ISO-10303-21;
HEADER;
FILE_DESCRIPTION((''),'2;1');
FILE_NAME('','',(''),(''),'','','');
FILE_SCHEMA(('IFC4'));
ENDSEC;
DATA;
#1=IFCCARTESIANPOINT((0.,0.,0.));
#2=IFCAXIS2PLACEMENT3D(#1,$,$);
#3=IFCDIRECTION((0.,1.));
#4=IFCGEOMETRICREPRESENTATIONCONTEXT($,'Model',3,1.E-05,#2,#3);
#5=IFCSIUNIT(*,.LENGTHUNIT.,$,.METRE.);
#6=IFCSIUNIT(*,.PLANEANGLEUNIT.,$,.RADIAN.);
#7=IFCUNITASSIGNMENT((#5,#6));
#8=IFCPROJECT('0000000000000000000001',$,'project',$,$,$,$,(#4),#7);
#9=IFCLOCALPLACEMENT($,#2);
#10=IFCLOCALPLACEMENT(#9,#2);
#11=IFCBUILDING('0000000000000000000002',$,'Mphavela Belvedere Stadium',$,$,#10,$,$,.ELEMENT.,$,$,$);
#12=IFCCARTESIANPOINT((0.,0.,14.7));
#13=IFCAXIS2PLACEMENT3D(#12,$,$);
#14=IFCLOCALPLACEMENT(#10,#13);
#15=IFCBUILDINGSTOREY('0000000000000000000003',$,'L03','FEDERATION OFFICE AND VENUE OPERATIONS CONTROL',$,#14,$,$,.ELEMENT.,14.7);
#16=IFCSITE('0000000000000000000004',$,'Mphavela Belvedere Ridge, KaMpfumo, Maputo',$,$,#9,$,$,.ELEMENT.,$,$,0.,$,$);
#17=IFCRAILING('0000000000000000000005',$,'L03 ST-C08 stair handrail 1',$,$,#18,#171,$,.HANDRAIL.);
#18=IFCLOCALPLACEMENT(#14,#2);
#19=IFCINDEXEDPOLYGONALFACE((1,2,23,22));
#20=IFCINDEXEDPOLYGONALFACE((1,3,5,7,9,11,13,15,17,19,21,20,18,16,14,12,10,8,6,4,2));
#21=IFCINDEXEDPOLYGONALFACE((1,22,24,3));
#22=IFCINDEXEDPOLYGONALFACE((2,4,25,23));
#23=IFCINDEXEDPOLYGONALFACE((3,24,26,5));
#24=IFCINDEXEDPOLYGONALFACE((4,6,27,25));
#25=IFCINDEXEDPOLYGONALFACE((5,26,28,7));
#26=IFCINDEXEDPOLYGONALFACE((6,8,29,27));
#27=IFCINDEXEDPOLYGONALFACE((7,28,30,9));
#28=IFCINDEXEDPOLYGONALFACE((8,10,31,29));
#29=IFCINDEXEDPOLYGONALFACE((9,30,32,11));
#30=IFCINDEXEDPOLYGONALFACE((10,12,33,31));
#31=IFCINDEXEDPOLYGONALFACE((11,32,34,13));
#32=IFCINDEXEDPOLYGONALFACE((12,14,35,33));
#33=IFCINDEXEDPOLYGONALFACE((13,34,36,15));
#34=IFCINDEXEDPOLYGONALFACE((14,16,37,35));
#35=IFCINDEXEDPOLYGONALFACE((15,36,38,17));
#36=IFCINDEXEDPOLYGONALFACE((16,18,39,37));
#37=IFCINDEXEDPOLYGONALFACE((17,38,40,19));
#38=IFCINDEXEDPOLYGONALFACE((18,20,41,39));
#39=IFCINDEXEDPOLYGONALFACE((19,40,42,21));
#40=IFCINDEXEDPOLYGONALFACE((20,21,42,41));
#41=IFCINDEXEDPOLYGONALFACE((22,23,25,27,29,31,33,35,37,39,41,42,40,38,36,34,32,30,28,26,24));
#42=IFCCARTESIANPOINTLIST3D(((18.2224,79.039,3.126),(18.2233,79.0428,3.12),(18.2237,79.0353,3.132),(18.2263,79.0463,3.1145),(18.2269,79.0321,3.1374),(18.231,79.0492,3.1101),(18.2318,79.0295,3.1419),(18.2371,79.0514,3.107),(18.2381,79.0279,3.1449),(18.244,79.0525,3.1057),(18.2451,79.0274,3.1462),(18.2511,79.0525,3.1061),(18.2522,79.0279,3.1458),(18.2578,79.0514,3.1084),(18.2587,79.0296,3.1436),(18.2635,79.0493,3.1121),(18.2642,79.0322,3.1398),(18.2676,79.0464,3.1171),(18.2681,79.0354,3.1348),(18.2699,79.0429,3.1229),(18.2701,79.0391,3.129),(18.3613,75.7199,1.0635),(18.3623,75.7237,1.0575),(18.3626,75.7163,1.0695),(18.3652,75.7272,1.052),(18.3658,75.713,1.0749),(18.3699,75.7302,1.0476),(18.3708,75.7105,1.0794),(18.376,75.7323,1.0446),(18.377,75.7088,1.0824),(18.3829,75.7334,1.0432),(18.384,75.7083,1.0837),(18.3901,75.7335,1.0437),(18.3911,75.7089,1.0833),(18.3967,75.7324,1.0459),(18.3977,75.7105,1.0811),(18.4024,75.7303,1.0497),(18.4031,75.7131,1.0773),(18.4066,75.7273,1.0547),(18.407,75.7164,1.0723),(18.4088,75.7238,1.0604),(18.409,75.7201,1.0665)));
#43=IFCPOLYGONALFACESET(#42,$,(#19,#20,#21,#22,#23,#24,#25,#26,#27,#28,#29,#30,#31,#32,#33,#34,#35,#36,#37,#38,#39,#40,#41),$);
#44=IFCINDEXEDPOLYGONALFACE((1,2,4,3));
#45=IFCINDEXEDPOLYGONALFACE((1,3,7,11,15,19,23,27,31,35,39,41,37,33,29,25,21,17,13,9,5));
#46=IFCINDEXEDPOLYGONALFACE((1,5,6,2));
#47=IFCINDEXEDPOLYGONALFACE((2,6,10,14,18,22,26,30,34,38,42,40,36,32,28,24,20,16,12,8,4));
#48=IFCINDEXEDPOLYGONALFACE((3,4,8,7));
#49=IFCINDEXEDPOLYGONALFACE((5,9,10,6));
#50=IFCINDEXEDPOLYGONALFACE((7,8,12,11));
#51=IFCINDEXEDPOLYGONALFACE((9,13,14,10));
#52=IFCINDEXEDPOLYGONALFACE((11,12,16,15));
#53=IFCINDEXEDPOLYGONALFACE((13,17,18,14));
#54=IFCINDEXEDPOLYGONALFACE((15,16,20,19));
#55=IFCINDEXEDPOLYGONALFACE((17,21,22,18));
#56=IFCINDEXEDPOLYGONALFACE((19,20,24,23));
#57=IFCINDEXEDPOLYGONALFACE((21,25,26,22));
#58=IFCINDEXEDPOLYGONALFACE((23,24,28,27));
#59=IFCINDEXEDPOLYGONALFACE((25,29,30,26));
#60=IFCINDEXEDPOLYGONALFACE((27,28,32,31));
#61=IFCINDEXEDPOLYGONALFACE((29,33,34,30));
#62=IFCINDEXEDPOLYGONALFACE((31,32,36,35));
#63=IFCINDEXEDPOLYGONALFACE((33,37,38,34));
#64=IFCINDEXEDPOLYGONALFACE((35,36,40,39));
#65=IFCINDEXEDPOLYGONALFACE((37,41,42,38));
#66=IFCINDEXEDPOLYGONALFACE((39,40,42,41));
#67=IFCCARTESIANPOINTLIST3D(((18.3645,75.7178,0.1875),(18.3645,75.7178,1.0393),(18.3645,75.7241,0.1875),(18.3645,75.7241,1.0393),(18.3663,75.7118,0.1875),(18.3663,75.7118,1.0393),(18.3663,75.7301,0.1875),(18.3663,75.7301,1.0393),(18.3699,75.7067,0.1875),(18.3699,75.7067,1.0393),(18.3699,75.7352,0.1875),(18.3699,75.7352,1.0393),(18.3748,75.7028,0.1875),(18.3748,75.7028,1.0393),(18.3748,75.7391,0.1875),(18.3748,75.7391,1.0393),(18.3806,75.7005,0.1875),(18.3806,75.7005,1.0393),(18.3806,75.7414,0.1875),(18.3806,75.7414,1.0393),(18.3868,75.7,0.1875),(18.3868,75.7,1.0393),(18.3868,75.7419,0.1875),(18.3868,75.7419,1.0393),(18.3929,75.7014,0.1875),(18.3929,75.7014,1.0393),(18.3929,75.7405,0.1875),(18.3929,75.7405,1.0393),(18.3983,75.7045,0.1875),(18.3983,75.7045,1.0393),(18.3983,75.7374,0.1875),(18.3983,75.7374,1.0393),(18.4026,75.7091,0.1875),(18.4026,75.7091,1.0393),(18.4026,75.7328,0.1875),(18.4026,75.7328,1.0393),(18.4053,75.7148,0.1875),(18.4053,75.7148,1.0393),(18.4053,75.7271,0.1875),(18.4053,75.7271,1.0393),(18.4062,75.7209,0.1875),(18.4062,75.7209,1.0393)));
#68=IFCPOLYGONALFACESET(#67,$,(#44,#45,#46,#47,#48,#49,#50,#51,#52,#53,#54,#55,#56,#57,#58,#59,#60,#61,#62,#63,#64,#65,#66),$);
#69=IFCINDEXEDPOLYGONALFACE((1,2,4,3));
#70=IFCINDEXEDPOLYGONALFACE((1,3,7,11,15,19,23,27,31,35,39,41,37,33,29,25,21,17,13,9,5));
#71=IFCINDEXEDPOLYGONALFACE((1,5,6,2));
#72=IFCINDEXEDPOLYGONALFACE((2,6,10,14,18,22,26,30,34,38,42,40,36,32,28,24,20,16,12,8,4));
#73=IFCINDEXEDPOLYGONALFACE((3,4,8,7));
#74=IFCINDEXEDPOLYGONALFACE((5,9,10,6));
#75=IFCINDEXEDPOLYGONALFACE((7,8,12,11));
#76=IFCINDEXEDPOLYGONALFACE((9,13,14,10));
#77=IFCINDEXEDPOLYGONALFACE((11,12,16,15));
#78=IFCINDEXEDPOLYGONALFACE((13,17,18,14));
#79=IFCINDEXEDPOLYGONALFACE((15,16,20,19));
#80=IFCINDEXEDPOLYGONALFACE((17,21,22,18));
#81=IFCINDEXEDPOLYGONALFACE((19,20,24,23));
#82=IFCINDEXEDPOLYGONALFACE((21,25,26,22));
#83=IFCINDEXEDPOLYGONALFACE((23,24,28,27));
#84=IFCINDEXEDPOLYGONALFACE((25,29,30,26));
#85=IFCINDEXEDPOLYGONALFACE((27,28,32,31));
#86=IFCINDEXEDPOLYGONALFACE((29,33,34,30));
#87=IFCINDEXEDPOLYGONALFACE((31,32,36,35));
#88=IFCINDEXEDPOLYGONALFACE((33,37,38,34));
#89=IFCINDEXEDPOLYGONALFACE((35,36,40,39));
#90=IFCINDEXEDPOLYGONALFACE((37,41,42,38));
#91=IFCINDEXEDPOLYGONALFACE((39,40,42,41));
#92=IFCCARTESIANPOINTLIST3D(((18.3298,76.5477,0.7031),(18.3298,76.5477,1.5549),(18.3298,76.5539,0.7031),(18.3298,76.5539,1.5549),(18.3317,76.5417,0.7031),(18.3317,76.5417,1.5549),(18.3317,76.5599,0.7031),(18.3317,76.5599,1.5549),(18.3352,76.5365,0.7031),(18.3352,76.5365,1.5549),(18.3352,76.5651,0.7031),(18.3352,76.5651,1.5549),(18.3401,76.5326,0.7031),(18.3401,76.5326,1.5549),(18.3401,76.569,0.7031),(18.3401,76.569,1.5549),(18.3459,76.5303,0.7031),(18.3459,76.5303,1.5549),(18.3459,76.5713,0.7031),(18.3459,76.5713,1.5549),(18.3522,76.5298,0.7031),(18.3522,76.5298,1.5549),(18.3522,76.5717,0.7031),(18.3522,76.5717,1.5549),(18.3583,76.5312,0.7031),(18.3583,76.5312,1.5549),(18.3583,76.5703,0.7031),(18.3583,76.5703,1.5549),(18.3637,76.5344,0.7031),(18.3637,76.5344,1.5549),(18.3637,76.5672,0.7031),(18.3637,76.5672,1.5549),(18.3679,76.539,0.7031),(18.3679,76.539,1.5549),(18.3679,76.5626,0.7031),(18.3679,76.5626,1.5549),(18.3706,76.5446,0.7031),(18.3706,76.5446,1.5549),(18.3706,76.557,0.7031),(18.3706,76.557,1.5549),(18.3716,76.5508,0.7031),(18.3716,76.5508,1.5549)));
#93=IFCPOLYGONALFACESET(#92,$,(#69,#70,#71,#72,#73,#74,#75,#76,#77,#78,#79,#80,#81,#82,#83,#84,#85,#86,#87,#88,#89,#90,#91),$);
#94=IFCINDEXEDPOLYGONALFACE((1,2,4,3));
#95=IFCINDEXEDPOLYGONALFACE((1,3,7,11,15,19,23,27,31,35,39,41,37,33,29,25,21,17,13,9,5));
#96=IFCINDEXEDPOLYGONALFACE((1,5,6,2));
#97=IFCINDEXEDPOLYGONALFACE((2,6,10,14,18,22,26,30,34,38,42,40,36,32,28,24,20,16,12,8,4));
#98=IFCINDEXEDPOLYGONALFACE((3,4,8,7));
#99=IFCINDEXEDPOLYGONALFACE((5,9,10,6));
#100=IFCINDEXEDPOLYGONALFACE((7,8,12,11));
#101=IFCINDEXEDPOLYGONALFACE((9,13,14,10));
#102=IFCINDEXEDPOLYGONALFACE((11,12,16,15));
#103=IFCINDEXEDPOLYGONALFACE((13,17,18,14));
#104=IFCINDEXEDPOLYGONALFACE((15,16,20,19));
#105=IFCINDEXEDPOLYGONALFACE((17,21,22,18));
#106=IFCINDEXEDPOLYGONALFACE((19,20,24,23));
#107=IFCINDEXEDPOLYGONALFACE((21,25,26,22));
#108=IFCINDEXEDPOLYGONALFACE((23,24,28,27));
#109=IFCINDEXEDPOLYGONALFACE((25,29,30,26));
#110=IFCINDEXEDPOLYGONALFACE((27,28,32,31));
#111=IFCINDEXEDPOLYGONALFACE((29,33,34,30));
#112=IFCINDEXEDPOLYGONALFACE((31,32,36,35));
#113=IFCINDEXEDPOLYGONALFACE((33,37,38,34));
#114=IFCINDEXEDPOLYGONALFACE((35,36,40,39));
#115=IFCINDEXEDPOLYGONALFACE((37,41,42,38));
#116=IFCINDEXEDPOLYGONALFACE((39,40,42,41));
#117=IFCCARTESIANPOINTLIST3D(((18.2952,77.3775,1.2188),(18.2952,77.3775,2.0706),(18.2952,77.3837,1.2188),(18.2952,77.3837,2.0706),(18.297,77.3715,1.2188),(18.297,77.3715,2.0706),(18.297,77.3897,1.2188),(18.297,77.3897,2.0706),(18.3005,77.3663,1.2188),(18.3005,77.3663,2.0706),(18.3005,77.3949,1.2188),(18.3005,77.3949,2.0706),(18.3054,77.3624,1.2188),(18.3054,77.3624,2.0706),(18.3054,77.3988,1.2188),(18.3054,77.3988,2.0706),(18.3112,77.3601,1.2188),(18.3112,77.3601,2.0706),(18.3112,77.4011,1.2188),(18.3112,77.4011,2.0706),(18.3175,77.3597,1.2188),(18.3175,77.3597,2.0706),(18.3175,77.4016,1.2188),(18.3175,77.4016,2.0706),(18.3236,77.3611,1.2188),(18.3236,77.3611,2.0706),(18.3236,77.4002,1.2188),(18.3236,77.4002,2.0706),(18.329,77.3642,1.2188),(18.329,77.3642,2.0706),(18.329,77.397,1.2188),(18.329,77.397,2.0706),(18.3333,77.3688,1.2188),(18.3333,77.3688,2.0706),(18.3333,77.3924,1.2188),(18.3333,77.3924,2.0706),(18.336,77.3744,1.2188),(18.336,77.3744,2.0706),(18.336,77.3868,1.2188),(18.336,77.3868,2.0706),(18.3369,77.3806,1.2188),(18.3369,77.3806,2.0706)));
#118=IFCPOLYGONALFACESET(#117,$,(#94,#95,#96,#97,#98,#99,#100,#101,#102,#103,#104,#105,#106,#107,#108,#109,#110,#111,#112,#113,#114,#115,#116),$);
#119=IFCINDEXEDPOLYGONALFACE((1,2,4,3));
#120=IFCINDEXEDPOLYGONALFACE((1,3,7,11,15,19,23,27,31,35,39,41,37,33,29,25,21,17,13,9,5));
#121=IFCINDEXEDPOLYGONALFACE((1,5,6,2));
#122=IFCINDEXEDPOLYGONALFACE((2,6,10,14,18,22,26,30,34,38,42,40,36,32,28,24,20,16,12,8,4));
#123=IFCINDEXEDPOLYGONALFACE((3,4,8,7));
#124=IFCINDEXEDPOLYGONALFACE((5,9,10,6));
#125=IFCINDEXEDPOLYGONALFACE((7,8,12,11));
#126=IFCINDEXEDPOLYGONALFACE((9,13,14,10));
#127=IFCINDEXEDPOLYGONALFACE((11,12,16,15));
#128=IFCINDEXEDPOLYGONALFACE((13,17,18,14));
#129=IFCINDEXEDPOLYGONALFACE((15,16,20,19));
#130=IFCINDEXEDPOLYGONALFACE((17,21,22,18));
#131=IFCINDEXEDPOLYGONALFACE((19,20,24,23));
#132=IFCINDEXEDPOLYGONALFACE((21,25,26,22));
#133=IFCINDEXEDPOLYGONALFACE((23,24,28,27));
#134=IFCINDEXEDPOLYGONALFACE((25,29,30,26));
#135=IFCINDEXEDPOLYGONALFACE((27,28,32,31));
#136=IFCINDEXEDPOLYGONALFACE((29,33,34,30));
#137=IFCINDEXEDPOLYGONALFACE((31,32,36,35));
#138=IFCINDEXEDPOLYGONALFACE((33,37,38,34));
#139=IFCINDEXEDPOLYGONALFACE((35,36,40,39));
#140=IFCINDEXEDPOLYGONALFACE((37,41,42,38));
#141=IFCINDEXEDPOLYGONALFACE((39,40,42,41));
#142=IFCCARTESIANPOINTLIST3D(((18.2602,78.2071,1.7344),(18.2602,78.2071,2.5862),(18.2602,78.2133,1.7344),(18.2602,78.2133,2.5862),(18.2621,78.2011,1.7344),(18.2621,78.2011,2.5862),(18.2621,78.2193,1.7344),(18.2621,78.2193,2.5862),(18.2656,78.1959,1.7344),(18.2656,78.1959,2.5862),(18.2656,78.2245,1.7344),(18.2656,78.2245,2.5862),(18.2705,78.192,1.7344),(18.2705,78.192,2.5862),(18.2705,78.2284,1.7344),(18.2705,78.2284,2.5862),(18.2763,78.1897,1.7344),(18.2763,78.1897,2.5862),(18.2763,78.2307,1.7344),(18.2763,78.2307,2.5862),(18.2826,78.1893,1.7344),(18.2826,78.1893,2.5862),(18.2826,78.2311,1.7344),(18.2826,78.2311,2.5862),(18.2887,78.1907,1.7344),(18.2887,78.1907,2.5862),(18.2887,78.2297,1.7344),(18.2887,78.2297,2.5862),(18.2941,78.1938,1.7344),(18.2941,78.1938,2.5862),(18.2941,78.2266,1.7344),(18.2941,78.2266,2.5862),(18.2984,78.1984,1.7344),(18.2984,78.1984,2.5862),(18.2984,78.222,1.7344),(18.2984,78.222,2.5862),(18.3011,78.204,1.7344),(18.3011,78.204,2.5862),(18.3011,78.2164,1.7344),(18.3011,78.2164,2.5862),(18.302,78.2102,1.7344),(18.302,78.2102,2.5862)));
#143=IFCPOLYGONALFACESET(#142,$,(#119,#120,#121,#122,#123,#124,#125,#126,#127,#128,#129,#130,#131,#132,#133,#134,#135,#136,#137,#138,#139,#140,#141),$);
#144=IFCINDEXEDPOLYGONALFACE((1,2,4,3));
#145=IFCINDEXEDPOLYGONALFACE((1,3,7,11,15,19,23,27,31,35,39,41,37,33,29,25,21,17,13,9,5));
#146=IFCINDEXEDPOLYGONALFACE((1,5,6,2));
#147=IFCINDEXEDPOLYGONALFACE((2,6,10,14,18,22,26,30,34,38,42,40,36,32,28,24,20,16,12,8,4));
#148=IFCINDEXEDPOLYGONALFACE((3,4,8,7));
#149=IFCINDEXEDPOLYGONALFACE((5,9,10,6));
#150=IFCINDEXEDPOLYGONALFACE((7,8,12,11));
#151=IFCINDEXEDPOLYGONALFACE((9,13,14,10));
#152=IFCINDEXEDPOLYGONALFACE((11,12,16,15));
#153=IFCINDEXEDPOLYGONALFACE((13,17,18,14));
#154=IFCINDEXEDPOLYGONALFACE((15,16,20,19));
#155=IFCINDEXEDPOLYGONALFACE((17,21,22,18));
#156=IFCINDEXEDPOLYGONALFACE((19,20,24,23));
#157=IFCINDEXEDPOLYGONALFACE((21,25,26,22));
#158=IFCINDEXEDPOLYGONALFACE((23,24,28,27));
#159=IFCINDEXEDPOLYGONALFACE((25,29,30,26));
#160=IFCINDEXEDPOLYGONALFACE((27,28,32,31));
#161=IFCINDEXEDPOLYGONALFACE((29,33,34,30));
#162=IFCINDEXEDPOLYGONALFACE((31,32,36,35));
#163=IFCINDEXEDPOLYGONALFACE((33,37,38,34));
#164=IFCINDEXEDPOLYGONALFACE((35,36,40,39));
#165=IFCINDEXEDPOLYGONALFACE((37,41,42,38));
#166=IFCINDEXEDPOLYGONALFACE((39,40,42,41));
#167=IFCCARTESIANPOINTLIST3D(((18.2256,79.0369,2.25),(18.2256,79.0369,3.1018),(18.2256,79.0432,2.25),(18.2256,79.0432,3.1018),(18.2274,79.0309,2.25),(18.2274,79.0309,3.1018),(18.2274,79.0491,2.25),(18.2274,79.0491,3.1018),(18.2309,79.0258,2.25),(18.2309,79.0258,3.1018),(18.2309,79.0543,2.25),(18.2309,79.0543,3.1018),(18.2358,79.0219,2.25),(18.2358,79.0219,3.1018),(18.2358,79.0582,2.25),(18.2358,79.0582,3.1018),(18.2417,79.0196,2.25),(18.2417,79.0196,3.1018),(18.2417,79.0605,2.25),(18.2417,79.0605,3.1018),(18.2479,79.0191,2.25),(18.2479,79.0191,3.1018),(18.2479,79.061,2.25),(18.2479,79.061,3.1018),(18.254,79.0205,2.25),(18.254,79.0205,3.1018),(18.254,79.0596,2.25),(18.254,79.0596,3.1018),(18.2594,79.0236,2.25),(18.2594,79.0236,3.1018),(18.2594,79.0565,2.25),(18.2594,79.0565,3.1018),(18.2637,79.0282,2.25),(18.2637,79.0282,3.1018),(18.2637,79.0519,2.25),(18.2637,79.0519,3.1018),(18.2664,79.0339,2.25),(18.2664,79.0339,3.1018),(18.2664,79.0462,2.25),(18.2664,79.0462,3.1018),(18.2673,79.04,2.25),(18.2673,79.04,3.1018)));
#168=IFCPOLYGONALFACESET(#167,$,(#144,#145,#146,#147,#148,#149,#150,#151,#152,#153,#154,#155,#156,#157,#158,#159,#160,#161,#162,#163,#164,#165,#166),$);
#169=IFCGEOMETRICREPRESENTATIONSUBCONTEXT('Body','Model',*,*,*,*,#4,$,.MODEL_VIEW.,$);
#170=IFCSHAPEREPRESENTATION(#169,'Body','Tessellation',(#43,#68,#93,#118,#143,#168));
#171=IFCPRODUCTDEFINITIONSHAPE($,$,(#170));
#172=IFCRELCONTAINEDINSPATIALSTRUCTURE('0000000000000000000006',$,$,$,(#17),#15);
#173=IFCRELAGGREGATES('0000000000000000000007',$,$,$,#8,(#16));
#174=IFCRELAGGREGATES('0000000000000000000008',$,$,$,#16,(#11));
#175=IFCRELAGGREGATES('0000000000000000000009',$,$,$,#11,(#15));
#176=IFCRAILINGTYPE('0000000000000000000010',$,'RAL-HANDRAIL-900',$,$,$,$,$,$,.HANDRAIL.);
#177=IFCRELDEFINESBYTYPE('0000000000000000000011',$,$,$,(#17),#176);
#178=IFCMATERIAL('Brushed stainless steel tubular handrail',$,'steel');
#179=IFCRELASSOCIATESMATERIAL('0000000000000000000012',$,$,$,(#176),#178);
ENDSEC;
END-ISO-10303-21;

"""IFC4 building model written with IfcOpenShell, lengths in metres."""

from ifc_helpers import new_model, si_unit, direction, frame, origin, origin_2d, place, context, subcontext, project, spatial, circle, extrude, material, type_object, element, save


model = new_model("IFC4")

# Units and contexts
model_context = context("Model", 3, precision=1e-05, world=origin(), true_north=direction((0.0, 1.0)))
body_context = subcontext(model_context, "Body", "Model", "MODEL_VIEW")
ifc_project = project(units=[si_unit("LENGTHUNIT", "METRE"), si_unit("PLANEANGLEUNIT", "RADIAN")], contexts=[model_context])

# Site, building, storey
site_placement = place(None, origin())
site = spatial("IfcSite", under=ifc_project, at=site_placement, Name="Mphavela Belvedere Ridge, KaMpfumo, Maputo", CompositionType="ELEMENT", RefElevation=0.0)
building_placement = place(site_placement, origin())
building = spatial("IfcBuilding", under=site, at=building_placement, Name="Mphavela Belvedere Stadium", CompositionType="ELEMENT")
storey_placement = place(building_placement, frame((0.0, 0.0, 14.7)))
storey = spatial("IfcBuildingStorey", under=building, at=storey_placement, Name="L03", Description="FEDERATION OFFICE AND VENUE OPERATIONS CONTROL", CompositionType="ELEMENT", Elevation=14.7)

# Railing
ifc_material_1 = material(Name="Brushed stainless steel tubular handrail", Category="steel")
railing_type_1 = type_object("IfcRailingType", Name="RAL-HANDRAIL-900", PredefinedType="HANDRAIL", material=ifc_material_1)
railing_1_placement = place(storey_placement, frame((18.3853, 75.7209, 0.1875)))
element("IfcRailing", 1, at=railing_1_placement, inside=storey, type_object=railing_type_1, Name="L03 ST-C08 stair handrail 1", PredefinedType="HANDRAIL", context=body_context, shape_type="SweptSolid", body=[
    extrude(circle(Radius=0.0239, at=origin_2d()), frame((0.0, 0.0, 0.876), z_axis=(-0.035527, 0.848832, 0.527468), x_axis=(-0.999125, -0.041817, 0.0)), (0.0, 0.0, 1.0), 3.9102),
    extrude(circle(Radius=0.021, at=origin_2d()), origin(), (0.0, 0.0, 1.0), 0.8518),
    extrude(circle(Radius=0.021, at=origin_2d()), frame((-0.0347, 0.8298, 0.5156)), (0.0, 0.0, 1.0), 0.8518),
    extrude(circle(Radius=0.021, at=origin_2d()), frame((-0.0693, 1.6597, 1.0312)), (0.0, 0.0, 1.0), 0.8518),
    extrude(circle(Radius=0.021, at=origin_2d()), frame((-0.1042, 2.4893, 1.5469)), (0.0, 0.0, 1.0), 0.8518),
    extrude(circle(Radius=0.021, at=origin_2d()), frame((-0.1389, 3.3191, 2.0625)), (0.0, 0.0, 1.0), 0.8518),
])

save(model, "model.ifc")
